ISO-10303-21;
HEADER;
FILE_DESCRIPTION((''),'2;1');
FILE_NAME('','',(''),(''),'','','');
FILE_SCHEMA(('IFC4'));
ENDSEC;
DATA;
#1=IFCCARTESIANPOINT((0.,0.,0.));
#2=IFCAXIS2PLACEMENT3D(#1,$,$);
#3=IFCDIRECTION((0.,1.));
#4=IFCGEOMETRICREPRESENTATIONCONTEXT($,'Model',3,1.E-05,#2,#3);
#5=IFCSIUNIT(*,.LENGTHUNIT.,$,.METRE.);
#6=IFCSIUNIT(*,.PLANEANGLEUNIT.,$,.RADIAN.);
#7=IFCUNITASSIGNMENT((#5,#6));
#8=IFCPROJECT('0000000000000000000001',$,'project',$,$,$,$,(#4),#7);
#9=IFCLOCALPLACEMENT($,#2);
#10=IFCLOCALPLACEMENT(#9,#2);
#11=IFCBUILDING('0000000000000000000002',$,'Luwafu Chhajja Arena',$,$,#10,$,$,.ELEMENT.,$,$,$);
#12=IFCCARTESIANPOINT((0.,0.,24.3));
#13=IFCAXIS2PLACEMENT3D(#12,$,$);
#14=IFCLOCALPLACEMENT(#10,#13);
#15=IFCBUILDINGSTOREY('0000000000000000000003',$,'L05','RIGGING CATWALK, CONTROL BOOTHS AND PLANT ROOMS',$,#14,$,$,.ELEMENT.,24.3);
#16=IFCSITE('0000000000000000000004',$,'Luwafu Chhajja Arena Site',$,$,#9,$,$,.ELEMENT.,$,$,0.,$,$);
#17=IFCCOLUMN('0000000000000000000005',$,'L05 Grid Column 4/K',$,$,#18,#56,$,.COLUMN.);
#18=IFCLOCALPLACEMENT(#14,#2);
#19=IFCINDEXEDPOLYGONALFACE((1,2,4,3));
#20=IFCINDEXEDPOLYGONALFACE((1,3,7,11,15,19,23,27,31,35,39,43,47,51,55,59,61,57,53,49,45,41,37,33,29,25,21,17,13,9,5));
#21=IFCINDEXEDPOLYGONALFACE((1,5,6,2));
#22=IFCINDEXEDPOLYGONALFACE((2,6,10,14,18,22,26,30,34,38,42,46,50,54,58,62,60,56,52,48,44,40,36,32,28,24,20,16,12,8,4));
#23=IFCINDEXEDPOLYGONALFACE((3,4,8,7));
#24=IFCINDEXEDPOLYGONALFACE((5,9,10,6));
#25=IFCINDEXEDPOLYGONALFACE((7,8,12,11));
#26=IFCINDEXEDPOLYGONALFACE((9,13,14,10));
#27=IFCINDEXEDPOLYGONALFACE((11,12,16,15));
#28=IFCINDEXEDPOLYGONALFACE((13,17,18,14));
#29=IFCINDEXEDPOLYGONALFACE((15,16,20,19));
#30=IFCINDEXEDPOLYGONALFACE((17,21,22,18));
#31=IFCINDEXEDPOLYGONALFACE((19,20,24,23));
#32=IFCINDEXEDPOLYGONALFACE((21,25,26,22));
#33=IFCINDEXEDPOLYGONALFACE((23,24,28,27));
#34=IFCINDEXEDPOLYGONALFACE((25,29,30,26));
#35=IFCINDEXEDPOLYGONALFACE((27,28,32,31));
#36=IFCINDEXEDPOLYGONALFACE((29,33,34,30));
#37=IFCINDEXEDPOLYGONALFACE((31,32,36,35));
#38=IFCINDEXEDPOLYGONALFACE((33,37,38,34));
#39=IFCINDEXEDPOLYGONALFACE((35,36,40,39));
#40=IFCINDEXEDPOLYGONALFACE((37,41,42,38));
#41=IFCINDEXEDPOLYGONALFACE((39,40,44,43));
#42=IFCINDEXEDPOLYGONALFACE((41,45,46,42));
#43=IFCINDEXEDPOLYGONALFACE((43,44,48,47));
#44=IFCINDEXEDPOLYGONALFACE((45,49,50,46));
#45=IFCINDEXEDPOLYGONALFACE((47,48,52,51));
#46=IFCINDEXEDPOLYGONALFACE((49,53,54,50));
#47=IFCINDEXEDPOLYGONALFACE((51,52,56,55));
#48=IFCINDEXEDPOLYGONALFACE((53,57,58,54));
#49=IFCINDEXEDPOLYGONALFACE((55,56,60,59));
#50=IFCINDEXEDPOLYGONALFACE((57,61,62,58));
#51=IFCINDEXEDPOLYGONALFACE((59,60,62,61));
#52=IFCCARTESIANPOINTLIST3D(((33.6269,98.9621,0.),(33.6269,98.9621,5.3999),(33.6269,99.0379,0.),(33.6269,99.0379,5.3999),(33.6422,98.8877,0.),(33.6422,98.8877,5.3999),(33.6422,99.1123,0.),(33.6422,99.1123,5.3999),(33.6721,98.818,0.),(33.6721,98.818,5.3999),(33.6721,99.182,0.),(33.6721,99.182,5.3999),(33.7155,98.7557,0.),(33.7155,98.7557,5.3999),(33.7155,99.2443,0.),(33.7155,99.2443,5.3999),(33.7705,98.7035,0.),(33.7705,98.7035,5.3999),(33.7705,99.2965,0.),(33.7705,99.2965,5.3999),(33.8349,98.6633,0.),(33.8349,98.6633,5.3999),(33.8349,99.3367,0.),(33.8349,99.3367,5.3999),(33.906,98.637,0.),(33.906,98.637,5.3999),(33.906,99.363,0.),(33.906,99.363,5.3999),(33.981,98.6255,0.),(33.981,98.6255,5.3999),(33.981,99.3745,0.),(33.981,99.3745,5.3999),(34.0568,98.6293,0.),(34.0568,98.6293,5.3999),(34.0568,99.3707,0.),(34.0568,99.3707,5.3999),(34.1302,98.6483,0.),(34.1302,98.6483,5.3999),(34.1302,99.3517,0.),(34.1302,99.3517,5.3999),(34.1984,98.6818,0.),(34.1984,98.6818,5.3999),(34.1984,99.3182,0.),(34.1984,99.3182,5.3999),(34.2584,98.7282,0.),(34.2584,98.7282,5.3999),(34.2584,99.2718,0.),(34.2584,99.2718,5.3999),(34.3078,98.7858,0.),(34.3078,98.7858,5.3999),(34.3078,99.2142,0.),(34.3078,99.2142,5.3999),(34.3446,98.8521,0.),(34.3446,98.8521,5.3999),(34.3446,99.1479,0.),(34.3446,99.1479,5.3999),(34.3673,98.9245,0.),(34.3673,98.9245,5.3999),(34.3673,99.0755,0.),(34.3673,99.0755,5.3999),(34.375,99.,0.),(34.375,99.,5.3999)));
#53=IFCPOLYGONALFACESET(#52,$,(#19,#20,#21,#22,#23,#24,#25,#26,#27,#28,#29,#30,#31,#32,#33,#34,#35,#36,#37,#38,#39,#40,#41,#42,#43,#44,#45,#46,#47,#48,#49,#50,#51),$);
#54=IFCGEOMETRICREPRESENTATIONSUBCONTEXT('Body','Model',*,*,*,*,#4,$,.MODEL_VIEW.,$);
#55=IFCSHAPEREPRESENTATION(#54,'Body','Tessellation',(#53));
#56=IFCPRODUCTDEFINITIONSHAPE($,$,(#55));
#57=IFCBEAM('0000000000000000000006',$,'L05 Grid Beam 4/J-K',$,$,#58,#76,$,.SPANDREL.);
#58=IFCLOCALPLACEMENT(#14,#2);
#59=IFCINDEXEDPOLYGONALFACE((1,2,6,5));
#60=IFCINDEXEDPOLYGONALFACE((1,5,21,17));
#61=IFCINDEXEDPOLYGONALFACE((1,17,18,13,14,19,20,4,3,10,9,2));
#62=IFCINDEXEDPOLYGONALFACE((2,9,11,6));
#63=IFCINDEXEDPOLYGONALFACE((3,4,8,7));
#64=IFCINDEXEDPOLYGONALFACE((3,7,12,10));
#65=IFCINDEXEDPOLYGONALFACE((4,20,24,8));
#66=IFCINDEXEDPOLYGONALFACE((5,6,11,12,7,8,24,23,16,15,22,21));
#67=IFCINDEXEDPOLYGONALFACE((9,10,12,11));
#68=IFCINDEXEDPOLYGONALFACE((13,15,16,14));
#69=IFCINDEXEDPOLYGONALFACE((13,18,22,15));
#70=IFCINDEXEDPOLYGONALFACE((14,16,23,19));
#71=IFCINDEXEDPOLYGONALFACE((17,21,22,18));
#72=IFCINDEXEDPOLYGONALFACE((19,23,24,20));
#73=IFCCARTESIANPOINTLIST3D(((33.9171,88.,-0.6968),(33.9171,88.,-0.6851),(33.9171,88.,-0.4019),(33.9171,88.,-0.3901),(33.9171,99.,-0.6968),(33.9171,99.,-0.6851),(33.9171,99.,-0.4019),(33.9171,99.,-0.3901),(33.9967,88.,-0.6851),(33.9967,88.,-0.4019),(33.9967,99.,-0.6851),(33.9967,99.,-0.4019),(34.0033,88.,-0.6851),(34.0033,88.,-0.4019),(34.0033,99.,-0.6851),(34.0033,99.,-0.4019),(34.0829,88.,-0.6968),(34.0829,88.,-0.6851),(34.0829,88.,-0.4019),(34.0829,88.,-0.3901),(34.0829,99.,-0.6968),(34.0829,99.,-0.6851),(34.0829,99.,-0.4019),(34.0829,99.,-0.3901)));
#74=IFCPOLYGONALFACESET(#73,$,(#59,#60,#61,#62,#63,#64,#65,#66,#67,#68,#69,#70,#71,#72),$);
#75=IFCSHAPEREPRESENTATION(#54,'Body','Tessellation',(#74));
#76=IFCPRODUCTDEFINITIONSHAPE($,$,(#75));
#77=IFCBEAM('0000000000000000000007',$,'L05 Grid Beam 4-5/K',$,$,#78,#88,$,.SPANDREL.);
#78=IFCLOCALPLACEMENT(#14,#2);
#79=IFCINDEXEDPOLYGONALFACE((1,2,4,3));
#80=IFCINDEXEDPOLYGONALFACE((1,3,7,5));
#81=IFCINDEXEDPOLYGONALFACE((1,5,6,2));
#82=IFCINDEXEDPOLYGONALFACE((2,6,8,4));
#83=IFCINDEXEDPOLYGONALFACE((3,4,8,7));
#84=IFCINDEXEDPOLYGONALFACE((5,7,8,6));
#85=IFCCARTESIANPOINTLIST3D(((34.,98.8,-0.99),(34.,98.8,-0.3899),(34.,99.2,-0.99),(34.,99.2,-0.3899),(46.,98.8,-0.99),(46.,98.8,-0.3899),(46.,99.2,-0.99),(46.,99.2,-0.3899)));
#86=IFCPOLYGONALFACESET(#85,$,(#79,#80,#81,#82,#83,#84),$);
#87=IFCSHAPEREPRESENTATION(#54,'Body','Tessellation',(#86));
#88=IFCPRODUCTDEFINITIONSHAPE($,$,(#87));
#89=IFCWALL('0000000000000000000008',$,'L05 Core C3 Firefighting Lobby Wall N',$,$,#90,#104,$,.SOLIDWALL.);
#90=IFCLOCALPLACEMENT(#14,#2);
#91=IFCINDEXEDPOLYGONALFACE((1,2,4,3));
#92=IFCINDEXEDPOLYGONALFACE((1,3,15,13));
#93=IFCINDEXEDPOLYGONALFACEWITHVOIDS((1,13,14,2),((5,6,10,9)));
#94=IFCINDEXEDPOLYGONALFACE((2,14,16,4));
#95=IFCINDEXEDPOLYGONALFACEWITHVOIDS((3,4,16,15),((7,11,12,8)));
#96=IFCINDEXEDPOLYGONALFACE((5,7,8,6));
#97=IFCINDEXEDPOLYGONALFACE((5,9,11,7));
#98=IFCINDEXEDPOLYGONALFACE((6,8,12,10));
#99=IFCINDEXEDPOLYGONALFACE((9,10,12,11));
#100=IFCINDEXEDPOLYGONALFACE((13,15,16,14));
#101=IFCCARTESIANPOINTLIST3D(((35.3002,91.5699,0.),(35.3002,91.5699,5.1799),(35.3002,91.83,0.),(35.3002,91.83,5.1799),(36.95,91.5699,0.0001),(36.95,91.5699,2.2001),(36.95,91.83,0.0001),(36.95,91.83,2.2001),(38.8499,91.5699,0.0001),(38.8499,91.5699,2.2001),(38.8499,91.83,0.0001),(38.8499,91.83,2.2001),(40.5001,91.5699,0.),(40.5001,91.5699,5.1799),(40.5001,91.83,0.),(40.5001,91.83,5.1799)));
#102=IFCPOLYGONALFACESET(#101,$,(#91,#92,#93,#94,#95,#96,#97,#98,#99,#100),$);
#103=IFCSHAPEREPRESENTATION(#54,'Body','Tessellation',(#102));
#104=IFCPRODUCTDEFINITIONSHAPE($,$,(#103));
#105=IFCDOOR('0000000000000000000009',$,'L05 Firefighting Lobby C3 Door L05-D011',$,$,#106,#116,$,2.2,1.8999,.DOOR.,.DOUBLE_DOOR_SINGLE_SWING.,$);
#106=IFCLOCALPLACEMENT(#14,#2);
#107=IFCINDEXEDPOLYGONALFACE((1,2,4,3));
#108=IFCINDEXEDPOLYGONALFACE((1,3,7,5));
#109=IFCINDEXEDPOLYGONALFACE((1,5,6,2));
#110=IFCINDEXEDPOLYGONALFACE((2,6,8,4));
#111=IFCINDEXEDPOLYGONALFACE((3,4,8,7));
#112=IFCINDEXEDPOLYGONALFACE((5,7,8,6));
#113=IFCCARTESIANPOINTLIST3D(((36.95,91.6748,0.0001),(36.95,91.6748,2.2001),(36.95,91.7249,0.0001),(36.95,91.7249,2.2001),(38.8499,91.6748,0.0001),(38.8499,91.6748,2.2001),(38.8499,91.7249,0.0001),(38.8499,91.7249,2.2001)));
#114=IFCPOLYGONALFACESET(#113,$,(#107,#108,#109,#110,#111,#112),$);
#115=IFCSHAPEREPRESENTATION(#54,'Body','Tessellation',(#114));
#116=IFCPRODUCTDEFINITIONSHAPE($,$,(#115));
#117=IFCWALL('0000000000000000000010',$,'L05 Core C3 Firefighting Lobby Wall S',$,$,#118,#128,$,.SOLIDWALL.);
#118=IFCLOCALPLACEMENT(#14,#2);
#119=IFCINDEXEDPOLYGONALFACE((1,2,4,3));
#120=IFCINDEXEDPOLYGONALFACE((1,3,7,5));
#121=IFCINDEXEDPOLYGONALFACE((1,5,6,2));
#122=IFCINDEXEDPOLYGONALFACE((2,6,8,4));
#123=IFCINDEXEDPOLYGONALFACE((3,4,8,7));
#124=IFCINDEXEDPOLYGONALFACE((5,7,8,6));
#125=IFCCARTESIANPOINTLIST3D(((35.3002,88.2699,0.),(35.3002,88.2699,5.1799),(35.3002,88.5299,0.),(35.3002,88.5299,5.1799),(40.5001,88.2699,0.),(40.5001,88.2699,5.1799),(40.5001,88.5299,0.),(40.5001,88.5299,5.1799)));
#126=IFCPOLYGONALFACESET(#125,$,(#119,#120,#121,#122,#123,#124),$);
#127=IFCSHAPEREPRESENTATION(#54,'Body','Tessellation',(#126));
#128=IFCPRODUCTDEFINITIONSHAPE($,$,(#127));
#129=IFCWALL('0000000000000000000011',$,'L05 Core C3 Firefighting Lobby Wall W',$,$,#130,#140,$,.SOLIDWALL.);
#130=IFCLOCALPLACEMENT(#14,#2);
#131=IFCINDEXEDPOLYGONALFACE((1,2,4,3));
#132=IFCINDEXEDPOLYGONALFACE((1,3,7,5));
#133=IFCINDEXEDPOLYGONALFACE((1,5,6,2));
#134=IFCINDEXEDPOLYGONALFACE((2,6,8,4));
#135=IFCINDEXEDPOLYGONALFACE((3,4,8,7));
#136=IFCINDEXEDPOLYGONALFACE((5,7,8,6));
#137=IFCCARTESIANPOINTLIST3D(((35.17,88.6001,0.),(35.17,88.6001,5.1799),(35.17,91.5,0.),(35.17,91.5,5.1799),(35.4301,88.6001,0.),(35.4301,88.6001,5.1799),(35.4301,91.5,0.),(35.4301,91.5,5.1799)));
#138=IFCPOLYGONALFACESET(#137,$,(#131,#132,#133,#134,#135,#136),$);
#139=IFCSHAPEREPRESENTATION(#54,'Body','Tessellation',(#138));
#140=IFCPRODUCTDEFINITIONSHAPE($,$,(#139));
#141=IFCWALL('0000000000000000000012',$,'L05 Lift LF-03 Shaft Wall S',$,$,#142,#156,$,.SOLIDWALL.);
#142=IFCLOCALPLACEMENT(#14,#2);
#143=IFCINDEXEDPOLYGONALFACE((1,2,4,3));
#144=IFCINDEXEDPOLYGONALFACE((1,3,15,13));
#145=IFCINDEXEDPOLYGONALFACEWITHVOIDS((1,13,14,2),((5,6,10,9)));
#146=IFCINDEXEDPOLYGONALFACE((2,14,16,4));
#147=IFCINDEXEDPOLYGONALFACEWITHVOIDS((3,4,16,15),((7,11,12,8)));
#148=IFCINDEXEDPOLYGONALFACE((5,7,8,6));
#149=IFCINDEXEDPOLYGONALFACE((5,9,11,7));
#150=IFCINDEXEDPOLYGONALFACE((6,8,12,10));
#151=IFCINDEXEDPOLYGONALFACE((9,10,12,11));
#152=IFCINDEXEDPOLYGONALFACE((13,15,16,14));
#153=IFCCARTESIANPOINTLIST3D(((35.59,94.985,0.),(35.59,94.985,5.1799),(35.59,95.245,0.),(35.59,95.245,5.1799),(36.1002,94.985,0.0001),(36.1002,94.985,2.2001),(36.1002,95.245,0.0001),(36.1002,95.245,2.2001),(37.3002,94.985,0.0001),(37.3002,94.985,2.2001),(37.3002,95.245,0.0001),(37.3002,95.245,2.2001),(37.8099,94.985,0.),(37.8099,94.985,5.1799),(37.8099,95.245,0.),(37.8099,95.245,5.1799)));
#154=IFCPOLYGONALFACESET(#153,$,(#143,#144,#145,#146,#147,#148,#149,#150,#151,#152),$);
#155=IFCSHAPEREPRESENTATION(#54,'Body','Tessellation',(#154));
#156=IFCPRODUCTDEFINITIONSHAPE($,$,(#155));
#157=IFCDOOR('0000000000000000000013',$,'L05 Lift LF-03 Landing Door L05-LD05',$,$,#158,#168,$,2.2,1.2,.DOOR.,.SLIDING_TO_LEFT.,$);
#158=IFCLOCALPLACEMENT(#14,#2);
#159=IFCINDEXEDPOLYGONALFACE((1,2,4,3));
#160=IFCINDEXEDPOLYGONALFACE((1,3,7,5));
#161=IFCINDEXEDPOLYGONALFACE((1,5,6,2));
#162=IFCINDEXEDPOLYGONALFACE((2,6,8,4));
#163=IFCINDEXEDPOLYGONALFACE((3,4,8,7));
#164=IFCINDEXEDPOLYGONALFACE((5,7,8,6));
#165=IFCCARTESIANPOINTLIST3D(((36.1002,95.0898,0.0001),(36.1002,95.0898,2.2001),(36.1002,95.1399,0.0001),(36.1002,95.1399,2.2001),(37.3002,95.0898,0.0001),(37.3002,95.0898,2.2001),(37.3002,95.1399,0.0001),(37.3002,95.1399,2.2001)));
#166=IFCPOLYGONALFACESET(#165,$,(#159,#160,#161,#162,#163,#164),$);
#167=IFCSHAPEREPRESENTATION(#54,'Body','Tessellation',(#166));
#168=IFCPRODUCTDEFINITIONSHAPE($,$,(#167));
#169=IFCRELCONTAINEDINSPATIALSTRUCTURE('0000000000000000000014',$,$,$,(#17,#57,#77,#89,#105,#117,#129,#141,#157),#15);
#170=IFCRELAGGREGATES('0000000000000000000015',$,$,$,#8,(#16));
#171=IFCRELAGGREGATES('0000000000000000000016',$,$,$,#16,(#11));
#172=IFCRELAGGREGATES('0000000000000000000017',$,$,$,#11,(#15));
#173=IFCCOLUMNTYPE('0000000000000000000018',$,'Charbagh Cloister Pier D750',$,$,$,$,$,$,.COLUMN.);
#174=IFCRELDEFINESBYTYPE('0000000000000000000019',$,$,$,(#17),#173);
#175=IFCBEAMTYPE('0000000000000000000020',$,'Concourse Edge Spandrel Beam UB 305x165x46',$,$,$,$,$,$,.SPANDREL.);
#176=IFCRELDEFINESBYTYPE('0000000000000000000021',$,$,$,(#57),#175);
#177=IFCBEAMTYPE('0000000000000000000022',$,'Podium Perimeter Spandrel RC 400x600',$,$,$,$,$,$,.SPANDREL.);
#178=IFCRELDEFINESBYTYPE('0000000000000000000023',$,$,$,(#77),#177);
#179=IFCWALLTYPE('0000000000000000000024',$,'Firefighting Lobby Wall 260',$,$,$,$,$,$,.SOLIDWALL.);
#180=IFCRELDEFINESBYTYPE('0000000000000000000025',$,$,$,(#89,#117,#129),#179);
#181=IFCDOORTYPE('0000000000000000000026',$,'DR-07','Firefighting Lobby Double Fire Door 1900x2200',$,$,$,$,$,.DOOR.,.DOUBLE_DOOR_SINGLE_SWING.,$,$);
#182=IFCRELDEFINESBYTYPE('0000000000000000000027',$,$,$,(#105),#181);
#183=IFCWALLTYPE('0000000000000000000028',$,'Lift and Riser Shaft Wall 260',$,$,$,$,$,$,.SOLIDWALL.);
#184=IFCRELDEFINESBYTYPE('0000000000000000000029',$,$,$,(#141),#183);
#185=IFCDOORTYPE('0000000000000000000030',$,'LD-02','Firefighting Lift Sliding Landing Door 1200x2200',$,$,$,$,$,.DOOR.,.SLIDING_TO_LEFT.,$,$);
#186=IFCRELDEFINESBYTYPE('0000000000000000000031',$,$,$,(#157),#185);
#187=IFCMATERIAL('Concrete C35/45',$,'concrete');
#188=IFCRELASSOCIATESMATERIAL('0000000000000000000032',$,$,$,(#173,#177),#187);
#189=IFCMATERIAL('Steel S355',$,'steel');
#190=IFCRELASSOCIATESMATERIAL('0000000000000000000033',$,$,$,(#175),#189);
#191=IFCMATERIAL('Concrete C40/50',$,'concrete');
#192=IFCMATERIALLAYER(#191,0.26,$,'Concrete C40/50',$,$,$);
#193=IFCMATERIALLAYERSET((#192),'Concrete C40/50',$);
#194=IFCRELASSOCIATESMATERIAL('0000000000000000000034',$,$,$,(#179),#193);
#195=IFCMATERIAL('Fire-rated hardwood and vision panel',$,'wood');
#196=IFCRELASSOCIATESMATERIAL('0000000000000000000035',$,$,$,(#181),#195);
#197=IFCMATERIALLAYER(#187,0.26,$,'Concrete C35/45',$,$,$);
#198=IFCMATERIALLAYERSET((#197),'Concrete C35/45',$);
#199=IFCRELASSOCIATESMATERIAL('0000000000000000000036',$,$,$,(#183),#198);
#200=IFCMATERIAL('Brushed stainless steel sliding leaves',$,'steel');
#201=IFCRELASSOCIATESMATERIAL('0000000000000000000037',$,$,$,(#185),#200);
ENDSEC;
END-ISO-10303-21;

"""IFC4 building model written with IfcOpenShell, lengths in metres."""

from ifc_helpers import new_model, si_unit, direction, frame, frame_2d, origin, origin_2d, place, context, subcontext, project, spatial, rectangle, circle, i_section, extrude, material, layer, layer_set, material_profile, profile_set, type_object, element, fill, save


model = new_model("IFC4")

# Units and contexts
model_context = context("Model", 3, precision=1e-05, world=origin(), true_north=direction((0.0, 1.0)))
body_context = subcontext(model_context, "Body", "Model", "MODEL_VIEW")
ifc_project = project(units=[si_unit("LENGTHUNIT", "METRE"), si_unit("PLANEANGLEUNIT", "RADIAN")], contexts=[model_context])

# Site, building, storey
site_placement = place(None, origin())
site = spatial("IfcSite", under=ifc_project, at=site_placement, Name="Luwafu Chhajja Arena Site", CompositionType="ELEMENT", RefElevation=0.0)
building_placement = place(site_placement, origin())
building = spatial("IfcBuilding", under=site, at=building_placement, Name="Luwafu Chhajja Arena", CompositionType="ELEMENT")
storey_placement = place(building_placement, frame((0.0, 0.0, 24.3)))
storey = spatial("IfcBuildingStorey", under=building, at=storey_placement, Name="L05", Description="RIGGING CATWALK, CONTROL BOOTHS AND PLANT ROOMS", CompositionType="ELEMENT", Elevation=24.3)

# Column
ifc_material_1 = material(Name="Concrete C35/45", Category="concrete")
ifc_material_profile_1 = material_profile(ifc_material_1, circle(Radius=0.375, at=origin_2d()), Name="RC COL D750")
ifc_profile_set_1 = profile_set([ifc_material_profile_1], Name="Concrete C35/45")
column_type = type_object("IfcColumnType", Name="Charbagh Cloister Pier D750", PredefinedType="COLUMN", material=ifc_profile_set_1)
column_placement = place(storey_placement, frame((34.0, 99.0, 0.0), z_axis=(0.0, 0.0, 1.0), x_axis=(1.0, 0.0, 0.0)))
element("IfcColumn", 1, at=column_placement, inside=storey, type_object=column_type, Name="L05 Grid Column 4/K", PredefinedType="COLUMN", context=body_context, shape_type="SweptSolid", body=[
    extrude(circle(Radius=0.375, at=origin_2d()), origin(), (0.0, 0.0, 1.0), 5.3999),
])

# Beams
ifc_material_2 = material(Name="Steel S355", Category="steel")
ifc_material_profile_2 = material_profile(ifc_material_2, i_section(OverallWidth=0.1658, OverallDepth=0.3066, WebThickness=0.0066, FlangeThickness=0.0117, at=origin_2d()), Name="UB 305x165x46")
ifc_profile_set_2 = profile_set([ifc_material_profile_2], Name="Steel S355")
beam_type_1 = type_object("IfcBeamType", Name="Concourse Edge Spandrel Beam UB 305x165x46", PredefinedType="SPANDREL", material=ifc_profile_set_2)
beam_1_placement = place(storey_placement, frame((34.0, 88.0, -0.5435), z_axis=(0.0, 1.0, 0.0), x_axis=(-1.0, 0.0, 0.0)))
element("IfcBeam", 2, at=beam_1_placement, inside=storey, type_object=beam_type_1, Name="L05 Grid Beam 4/J-K", PredefinedType="SPANDREL", context=body_context, shape_type="SweptSolid", body=[
    extrude(i_section(OverallWidth=0.1658, OverallDepth=0.3066, WebThickness=0.0066, FlangeThickness=0.0117, at=origin_2d()), origin(), (0.0, 0.0, 1.0), 11.0),
])
ifc_material_profile_3 = material_profile(ifc_material_1, rectangle(XDim=0.3999, YDim=0.6001, at=origin_2d()), Name="RC 400x600")
ifc_profile_set_3 = profile_set([ifc_material_profile_3], Name="Concrete C35/45")
beam_type_2 = type_object("IfcBeamType", Name="Podium Perimeter Spandrel RC 400x600", PredefinedType="SPANDREL", material=ifc_profile_set_3)
beam_2_placement = place(storey_placement, frame((34.0, 99.0, -0.6899), z_axis=(1.0, 0.0, 0.0), x_axis=(0.0, 1.0, 0.0)))
element("IfcBeam", 3, at=beam_2_placement, inside=storey, type_object=beam_type_2, Name="L05 Grid Beam 4-5/K", PredefinedType="SPANDREL", context=body_context, shape_type="SweptSolid", body=[
    extrude(rectangle(XDim=0.3999, YDim=0.6001, at=origin_2d()), origin(), (0.0, 0.0, 1.0), 12.0),
])

# Wall, opening, door
ifc_material_3 = material(Name="Concrete C40/50", Category="concrete")
ifc_layer_1 = layer(ifc_material_3, 0.26, Name="Concrete C40/50")
ifc_layer_set_1 = layer_set([ifc_layer_1], Name="Concrete C40/50")
wall_type_1 = type_object("IfcWallType", Name="Firefighting Lobby Wall 260", PredefinedType="SOLIDWALL", material=ifc_layer_set_1)
wall_1_placement = place(storey_placement, frame((35.3, 91.7, 0.0), z_axis=(0.0, 0.0, 1.0), x_axis=(1.0, 0.0, 0.0)))
wall_1 = element("IfcWall", 4, at=wall_1_placement, inside=storey, type_object=wall_type_1, Name="L05 Core C3 Firefighting Lobby Wall N", PredefinedType="SOLIDWALL", context=body_context, shape_type="SweptSolid", body=[
    extrude(rectangle(XDim=5.2, YDim=0.26, at=frame_2d((2.6001, 0.0))), origin(), (0.0, 0.0, 1.0), 5.1799),
])
opening_1_placement = place(wall_1_placement, frame((1.6499, 0.0, 0.0)))
opening_1 = element("IfcOpeningElement", 5, at=opening_1_placement, cuts=wall_1, PredefinedType="OPENING", context=body_context, shape_type="SweptSolid", body=[
    extrude(rectangle(XDim=1.8999, YDim=2.2, at=frame_2d((0.95, 1.1001))), frame((0.0, 0.1399, 0.0), z_axis=(0.0, -1.0, 0.0), x_axis=(1.0, 0.0, 0.0)), (0.0, 0.0, 1.0), 0.28),
])
ifc_material_4 = material(Name="Fire-rated hardwood and vision panel", Category="wood")
door_type_1 = type_object("IfcDoorType", Name="DR-07", Description="Firefighting Lobby Double Fire Door 1900x2200", OperationType="DOUBLE_DOOR_SINGLE_SWING", PredefinedType="DOOR", material=ifc_material_4)
door_1_placement = place(opening_1_placement, origin())
door_1 = element("IfcDoor", 6, at=door_1_placement, inside=storey, type_object=door_type_1, Name="L05 Firefighting Lobby C3 Door L05-D011", OperationType="DOUBLE_DOOR_SINGLE_SWING", OverallHeight=2.2, OverallWidth=1.8999, PredefinedType="DOOR", context=body_context, shape_type="SweptSolid", body=[
    extrude(rectangle(XDim=1.8999, YDim=2.2, at=frame_2d((0.95, 1.1001))), frame((0.0, 0.0249, 0.0), z_axis=(0.0, -1.0, 0.0), x_axis=(1.0, 0.0, 0.0)), (0.0, 0.0, 1.0), 0.05),
])
fill(opening_1, door_1)

# Walls
wall_2_placement = place(storey_placement, frame((35.3, 88.3999, 0.0), z_axis=(0.0, 0.0, 1.0), x_axis=(1.0, 0.0, 0.0)))
element("IfcWall", 7, at=wall_2_placement, inside=storey, type_object=wall_type_1, Name="L05 Core C3 Firefighting Lobby Wall S", PredefinedType="SOLIDWALL", context=body_context, shape_type="SweptSolid", body=[
    extrude(rectangle(XDim=5.2, YDim=0.26, at=frame_2d((2.6001, 0.0))), origin(), (0.0, 0.0, 1.0), 5.1799),
])
wall_3_placement = place(storey_placement, frame((35.3, 88.6001, 0.0), z_axis=(0.0, 0.0, 1.0), x_axis=(0.0, 1.0, 0.0)))
element("IfcWall", 8, at=wall_3_placement, inside=storey, type_object=wall_type_1, Name="L05 Core C3 Firefighting Lobby Wall W", PredefinedType="SOLIDWALL", context=body_context, shape_type="SweptSolid", body=[
    extrude(rectangle(XDim=2.8999, YDim=0.26, at=frame_2d((1.45, 0.0))), origin(), (0.0, 0.0, 1.0), 5.1799),
])

# Wall, opening, door
ifc_layer_2 = layer(ifc_material_1, 0.26, Name="Concrete C35/45")
ifc_layer_set_2 = layer_set([ifc_layer_2], Name="Concrete C35/45")
wall_type_2 = type_object("IfcWallType", Name="Lift and Riser Shaft Wall 260", PredefinedType="SOLIDWALL", material=ifc_layer_set_2)
wall_4_placement = place(storey_placement, frame((35.5901, 95.115, 0.0), z_axis=(0.0, 0.0, 1.0), x_axis=(1.0, 0.0, 0.0)))
wall_4 = element("IfcWall", 9, at=wall_4_placement, inside=storey, type_object=wall_type_2, Name="L05 Lift LF-03 Shaft Wall S", PredefinedType="SOLIDWALL", context=body_context, shape_type="SweptSolid", body=[
    extrude(rectangle(XDim=2.22, YDim=0.26, at=frame_2d((1.1099, 0.0))), origin(), (0.0, 0.0, 1.0), 5.1799),
])
opening_2_placement = place(wall_4_placement, frame((0.51, 0.0, 0.0)))
opening_2 = element("IfcOpeningElement", 10, at=opening_2_placement, cuts=wall_4, PredefinedType="OPENING", context=body_context, shape_type="SweptSolid", body=[
    extrude(rectangle(XDim=1.2, YDim=2.2, at=frame_2d((0.6001, 1.1001))), frame((0.0, 0.1399, 0.0), z_axis=(0.0, -1.0, 0.0), x_axis=(1.0, 0.0, 0.0)), (0.0, 0.0, 1.0), 0.28),
])
ifc_material_5 = material(Name="Brushed stainless steel sliding leaves", Category="steel")
door_type_2 = type_object("IfcDoorType", Name="LD-02", Description="Firefighting Lift Sliding Landing Door 1200x2200", OperationType="SLIDING_TO_LEFT", PredefinedType="DOOR", material=ifc_material_5)
door_2_placement = place(opening_2_placement, origin())
door_2 = element("IfcDoor", 11, at=door_2_placement, inside=storey, type_object=door_type_2, Name="L05 Lift LF-03 Landing Door L05-LD05", OperationType="SLIDING_TO_LEFT", OverallHeight=2.2, OverallWidth=1.2, PredefinedType="DOOR", context=body_context, shape_type="SweptSolid", body=[
    extrude(rectangle(XDim=1.2, YDim=2.2, at=frame_2d((0.6001, 1.1001))), frame((0.0, 0.0249, 0.0), z_axis=(0.0, -1.0, 0.0), x_axis=(1.0, 0.0, 0.0)), (0.0, 0.0, 1.0), 0.05),
])
fill(opening_2, door_2)

save(model, "model.ifc")
